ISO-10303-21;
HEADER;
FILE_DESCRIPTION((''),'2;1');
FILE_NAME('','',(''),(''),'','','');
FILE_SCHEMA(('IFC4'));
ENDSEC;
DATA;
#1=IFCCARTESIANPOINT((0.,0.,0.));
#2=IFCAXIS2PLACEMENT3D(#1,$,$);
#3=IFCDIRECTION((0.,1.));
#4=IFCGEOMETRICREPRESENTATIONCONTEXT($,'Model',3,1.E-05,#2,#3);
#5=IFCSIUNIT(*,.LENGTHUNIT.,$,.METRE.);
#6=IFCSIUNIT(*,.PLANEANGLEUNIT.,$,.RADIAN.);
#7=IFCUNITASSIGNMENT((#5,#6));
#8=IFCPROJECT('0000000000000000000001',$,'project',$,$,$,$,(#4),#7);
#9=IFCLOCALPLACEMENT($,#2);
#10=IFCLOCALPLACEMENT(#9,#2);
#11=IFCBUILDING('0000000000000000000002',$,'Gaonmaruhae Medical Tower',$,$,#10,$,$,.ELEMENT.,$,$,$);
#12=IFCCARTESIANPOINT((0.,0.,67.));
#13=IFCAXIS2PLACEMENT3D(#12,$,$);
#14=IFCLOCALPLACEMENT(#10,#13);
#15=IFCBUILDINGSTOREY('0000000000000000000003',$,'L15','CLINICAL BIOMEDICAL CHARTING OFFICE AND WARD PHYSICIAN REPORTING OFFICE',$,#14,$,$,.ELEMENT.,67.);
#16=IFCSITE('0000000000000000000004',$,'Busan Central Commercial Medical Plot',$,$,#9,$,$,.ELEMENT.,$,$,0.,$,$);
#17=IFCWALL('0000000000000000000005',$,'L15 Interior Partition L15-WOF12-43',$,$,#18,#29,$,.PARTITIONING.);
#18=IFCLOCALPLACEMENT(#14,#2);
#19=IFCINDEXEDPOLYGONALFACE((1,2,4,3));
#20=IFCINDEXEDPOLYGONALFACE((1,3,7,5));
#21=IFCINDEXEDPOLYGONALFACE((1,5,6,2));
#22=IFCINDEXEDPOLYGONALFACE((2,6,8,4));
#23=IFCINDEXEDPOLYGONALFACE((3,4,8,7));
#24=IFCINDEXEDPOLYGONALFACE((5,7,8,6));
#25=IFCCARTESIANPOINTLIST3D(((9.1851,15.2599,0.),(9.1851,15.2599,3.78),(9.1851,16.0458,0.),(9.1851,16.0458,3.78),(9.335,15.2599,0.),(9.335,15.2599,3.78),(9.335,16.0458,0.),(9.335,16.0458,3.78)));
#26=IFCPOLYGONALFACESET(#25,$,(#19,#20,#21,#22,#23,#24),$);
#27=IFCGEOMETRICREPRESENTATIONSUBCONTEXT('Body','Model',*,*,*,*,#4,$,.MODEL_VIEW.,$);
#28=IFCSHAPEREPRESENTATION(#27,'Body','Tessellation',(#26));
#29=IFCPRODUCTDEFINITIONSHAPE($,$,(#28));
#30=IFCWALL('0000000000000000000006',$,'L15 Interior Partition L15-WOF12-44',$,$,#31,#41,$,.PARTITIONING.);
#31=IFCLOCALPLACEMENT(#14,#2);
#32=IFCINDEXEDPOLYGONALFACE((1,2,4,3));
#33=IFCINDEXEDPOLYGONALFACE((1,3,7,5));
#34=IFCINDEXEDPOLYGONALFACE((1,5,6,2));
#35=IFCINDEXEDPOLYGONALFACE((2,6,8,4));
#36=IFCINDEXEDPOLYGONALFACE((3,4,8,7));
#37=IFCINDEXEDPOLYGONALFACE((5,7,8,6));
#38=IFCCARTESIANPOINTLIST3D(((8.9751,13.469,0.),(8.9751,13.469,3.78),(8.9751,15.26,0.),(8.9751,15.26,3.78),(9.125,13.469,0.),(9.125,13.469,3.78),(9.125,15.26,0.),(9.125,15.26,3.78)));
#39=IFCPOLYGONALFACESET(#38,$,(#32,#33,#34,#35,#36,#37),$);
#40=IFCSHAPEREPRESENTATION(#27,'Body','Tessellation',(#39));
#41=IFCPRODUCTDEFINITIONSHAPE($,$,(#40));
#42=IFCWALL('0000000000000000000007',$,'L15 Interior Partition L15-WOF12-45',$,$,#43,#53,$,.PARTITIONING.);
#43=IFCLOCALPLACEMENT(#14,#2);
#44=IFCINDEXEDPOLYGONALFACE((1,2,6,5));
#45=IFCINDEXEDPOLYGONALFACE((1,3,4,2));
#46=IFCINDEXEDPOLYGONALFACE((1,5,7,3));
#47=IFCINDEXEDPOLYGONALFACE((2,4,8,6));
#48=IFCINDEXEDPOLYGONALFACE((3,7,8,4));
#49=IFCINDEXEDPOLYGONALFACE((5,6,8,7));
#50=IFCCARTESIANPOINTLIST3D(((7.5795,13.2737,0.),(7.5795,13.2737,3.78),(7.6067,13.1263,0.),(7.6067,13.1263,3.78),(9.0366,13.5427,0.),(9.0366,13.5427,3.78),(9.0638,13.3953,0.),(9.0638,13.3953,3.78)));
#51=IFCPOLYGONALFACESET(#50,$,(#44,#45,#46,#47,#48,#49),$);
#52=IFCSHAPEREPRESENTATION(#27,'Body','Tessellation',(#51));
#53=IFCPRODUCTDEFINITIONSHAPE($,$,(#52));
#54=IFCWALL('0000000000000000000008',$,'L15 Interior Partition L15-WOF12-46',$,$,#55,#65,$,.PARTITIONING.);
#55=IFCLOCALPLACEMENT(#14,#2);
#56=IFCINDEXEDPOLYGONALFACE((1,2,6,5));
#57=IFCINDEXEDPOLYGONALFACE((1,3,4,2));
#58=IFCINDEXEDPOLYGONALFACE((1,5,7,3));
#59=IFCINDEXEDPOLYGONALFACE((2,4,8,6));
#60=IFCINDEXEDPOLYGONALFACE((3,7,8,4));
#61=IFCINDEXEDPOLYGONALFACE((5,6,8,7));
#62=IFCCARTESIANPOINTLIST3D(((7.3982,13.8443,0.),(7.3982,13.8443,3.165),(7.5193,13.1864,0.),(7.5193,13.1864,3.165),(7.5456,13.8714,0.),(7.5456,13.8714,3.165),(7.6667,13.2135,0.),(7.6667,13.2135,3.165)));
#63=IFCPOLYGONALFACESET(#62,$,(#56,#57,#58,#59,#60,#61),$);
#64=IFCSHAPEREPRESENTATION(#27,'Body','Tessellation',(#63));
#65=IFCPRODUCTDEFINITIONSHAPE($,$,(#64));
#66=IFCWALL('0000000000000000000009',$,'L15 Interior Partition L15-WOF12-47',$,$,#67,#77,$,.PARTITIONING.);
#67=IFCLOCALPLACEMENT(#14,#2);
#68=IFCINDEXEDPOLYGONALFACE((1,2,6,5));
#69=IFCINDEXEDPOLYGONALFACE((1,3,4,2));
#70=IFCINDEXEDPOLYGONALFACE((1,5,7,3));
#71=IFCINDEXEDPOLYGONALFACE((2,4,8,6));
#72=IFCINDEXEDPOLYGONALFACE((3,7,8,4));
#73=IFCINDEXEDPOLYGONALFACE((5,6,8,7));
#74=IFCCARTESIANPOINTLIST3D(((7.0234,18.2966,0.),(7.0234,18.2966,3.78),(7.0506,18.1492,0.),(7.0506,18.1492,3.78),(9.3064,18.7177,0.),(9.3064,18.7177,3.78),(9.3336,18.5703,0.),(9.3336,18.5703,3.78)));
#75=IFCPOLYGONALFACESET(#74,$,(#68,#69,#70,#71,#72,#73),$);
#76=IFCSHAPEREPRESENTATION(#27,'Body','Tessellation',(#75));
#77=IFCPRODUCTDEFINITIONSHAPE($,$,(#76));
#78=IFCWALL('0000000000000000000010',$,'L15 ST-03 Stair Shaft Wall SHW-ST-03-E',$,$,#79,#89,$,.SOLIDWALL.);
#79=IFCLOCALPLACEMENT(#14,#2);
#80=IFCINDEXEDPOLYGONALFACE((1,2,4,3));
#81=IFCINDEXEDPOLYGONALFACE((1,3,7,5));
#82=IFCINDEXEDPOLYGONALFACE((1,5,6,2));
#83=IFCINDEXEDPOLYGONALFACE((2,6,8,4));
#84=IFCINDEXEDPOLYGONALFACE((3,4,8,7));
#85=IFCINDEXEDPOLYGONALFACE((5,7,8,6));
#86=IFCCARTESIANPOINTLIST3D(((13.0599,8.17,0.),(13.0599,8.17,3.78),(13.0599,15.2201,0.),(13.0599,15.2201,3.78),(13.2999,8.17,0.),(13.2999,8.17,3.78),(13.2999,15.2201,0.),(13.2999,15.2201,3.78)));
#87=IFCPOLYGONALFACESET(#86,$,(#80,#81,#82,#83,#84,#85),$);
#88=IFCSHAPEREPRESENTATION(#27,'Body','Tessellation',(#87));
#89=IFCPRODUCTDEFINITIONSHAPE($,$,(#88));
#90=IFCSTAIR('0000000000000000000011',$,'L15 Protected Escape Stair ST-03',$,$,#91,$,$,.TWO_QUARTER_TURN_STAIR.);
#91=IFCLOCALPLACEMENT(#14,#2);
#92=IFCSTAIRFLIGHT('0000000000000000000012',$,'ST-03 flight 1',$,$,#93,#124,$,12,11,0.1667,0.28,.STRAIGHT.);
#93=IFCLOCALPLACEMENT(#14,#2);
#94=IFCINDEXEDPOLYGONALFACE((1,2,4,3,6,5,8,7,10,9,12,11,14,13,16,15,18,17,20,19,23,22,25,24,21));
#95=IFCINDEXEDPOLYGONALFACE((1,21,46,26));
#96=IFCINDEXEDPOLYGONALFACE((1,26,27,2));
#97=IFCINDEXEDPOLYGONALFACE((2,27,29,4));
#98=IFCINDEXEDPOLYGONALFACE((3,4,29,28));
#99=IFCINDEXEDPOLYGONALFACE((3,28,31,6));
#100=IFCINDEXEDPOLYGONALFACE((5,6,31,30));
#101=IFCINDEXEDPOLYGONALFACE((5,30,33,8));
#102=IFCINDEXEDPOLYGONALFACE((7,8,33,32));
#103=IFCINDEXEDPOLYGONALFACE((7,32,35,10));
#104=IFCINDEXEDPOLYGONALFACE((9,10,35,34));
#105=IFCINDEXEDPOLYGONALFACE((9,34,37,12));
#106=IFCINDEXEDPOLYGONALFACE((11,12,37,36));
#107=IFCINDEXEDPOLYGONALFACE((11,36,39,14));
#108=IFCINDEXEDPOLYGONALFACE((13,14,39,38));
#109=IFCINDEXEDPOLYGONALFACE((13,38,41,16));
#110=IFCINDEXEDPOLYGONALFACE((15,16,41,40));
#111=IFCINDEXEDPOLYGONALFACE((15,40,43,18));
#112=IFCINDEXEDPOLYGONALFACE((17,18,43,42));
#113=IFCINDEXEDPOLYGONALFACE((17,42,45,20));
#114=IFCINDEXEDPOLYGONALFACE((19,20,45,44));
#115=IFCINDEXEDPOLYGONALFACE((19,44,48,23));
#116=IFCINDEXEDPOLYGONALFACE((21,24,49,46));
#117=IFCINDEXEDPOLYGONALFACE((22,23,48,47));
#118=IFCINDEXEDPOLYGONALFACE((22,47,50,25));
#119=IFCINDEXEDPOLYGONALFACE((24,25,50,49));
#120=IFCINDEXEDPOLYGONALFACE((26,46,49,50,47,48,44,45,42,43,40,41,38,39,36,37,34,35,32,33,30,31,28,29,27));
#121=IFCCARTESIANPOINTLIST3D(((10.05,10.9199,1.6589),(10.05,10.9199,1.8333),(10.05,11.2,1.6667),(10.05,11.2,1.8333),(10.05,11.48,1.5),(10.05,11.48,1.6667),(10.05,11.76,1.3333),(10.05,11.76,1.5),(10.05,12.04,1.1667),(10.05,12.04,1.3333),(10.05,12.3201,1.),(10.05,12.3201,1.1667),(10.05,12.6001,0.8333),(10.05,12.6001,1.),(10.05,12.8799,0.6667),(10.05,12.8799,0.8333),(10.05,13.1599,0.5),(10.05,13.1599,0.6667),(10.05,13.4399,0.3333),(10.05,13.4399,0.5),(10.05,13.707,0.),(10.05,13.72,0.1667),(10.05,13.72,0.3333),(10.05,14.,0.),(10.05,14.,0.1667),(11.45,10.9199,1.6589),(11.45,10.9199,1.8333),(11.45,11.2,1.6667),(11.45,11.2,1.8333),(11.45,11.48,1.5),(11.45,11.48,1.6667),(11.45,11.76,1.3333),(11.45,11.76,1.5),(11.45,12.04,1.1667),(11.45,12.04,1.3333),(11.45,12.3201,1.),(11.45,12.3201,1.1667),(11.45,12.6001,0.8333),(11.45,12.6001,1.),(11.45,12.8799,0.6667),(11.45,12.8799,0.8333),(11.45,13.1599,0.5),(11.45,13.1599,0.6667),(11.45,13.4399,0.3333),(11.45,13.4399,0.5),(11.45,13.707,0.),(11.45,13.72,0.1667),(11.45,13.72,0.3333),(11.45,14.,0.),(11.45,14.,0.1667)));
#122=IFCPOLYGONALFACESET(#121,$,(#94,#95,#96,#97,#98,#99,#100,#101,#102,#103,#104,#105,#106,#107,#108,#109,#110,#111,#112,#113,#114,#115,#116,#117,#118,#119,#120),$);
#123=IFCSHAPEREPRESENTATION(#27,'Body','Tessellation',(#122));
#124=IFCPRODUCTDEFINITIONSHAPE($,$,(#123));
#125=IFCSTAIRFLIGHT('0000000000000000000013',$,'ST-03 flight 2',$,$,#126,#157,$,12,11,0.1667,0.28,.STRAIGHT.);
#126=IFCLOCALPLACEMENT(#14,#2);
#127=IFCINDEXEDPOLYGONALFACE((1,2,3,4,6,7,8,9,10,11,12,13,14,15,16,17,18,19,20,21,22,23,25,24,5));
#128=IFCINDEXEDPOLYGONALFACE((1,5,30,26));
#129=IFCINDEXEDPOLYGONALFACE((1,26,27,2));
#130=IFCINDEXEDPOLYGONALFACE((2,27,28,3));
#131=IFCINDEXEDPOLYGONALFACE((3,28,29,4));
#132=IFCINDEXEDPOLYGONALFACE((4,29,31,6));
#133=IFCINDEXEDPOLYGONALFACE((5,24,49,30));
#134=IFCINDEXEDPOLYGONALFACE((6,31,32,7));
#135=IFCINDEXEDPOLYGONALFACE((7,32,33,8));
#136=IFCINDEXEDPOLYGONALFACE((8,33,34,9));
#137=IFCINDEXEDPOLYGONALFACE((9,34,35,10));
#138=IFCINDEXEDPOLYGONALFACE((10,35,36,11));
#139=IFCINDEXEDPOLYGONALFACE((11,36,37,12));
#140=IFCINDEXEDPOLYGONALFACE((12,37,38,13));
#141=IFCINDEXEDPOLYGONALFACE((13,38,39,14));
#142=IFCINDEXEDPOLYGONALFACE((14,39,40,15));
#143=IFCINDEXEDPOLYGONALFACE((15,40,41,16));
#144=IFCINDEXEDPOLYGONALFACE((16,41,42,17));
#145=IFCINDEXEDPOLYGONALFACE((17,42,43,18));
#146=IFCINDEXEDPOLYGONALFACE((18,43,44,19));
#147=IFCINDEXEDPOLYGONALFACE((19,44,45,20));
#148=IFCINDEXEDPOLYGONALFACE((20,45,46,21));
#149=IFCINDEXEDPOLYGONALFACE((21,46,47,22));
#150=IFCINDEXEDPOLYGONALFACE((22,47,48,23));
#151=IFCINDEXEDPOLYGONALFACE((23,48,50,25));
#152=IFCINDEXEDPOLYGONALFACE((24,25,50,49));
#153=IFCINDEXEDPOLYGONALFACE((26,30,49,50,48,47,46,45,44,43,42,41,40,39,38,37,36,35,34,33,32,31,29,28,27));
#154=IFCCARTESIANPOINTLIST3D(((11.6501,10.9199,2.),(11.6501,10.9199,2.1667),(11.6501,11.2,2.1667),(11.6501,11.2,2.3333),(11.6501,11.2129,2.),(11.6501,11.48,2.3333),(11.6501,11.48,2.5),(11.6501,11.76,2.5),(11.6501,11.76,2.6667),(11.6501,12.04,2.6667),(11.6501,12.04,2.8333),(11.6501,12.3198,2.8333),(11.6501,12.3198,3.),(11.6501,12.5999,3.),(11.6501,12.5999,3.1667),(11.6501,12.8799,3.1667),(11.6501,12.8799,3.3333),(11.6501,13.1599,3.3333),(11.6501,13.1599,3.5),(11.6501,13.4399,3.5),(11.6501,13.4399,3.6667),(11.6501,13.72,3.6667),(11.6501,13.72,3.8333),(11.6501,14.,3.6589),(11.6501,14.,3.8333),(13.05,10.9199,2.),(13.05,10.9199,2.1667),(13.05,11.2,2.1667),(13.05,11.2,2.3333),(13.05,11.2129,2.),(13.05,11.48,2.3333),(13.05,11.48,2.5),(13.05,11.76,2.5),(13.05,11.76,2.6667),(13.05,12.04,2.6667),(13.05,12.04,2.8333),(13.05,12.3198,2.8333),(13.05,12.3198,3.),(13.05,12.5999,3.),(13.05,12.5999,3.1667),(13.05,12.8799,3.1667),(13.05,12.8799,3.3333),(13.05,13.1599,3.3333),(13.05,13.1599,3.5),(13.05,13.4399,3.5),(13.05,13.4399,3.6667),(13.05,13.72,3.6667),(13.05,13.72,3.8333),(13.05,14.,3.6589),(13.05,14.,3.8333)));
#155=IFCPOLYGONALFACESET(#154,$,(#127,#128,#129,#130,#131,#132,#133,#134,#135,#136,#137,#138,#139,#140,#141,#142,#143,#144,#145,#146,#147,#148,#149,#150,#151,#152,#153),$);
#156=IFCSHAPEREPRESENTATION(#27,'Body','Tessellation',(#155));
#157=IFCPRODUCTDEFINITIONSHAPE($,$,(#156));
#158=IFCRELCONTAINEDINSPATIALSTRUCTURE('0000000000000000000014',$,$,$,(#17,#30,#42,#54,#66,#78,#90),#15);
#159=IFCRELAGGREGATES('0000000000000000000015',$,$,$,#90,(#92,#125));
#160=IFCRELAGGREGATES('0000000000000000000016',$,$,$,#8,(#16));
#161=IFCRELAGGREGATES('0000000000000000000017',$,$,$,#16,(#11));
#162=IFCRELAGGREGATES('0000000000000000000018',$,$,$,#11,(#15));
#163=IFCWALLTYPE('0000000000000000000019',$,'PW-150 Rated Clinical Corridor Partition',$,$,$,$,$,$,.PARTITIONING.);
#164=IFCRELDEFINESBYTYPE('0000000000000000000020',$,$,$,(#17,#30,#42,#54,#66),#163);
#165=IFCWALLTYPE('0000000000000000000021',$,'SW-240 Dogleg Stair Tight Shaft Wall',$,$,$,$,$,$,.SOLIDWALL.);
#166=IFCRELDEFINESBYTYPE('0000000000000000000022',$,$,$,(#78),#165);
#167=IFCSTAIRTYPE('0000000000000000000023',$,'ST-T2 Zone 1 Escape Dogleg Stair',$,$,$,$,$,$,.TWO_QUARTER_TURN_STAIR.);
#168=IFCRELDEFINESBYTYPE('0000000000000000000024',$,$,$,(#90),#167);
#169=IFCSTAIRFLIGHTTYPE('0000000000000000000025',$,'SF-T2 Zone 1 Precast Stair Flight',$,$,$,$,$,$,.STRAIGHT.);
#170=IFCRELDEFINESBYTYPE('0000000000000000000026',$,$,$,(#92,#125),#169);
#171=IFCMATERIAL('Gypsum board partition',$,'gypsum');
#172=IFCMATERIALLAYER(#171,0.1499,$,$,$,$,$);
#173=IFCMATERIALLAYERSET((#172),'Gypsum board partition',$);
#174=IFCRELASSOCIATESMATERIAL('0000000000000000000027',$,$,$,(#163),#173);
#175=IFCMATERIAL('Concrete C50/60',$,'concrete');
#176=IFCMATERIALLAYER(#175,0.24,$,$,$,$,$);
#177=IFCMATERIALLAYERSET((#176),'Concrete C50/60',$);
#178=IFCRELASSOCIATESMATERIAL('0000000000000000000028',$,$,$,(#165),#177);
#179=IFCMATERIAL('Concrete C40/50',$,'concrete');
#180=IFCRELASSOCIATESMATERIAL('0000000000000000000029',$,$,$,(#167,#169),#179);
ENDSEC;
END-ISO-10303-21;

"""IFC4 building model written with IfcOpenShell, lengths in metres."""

from ifc_helpers import new_model, si_unit, direction, frame, frame_2d, origin, place, context, subcontext, project, spatial, polyline, rectangle, outline, extrude, material, layer, layer_set, type_object, element, aggregate, save


model = new_model("IFC4")

# Units and contexts
model_context = context("Model", 3, precision=1e-05, world=origin(), true_north=direction((0.0, 1.0)))
body_context = subcontext(model_context, "Body", "Model", "MODEL_VIEW")
ifc_project = project(units=[si_unit("LENGTHUNIT", "METRE"), si_unit("PLANEANGLEUNIT", "RADIAN")], contexts=[model_context])

# Site, building, storey
site_placement = place(None, origin())
site = spatial("IfcSite", under=ifc_project, at=site_placement, Name="Busan Central Commercial Medical Plot", CompositionType="ELEMENT", RefElevation=0.0)
building_placement = place(site_placement, origin())
building = spatial("IfcBuilding", under=site, at=building_placement, Name="Gaonmaruhae Medical Tower", CompositionType="ELEMENT")
storey_placement = place(building_placement, frame((0.0, 0.0, 67.0)))
storey = spatial("IfcBuildingStorey", under=building, at=storey_placement, Name="L15", Description="CLINICAL BIOMEDICAL CHARTING OFFICE AND WARD PHYSICIAN REPORTING OFFICE", CompositionType="ELEMENT", Elevation=67.0)

# Walls
ifc_material_1 = material(Name="Gypsum board partition", Category="gypsum")
ifc_layer_1 = layer(ifc_material_1, 0.1499)
ifc_layer_set_1 = layer_set([ifc_layer_1], Name="Gypsum board partition")
wall_type_1 = type_object("IfcWallType", Name="PW-150 Rated Clinical Corridor Partition", PredefinedType="PARTITIONING", material=ifc_layer_set_1)
wall_1_placement = place(storey_placement, frame((9.26, 16.0459, 0.0), z_axis=(0.0, 0.0, 1.0), x_axis=(0.0, -1.0, 0.0)))
element("IfcWall", 1, at=wall_1_placement, inside=storey, type_object=wall_type_1, Name="L15 Interior Partition L15-WOF12-43", PredefinedType="PARTITIONING", context=body_context, shape_type="SweptSolid", body=[
    extrude(rectangle(XDim=0.7859, YDim=0.1499, at=frame_2d((0.3931, 0.0))), origin(), (0.0, 0.0, 1.0), 3.78),
])
wall_2_placement = place(storey_placement, frame((9.05, 15.26, 0.0), z_axis=(0.0, 0.0, 1.0), x_axis=(0.0, -1.0, 0.0)))
element("IfcWall", 2, at=wall_2_placement, inside=storey, type_object=wall_type_1, Name="L15 Interior Partition L15-WOF12-44", PredefinedType="PARTITIONING", context=body_context, shape_type="SweptSolid", body=[
    extrude(rectangle(XDim=1.791, YDim=0.1499, at=frame_2d((0.8955, 0.0))), origin(), (0.0, 0.0, 1.0), 3.78),
])
wall_3_placement = place(storey_placement, frame((9.05, 13.469, 0.0), z_axis=(0.0, 0.0, 1.0), x_axis=(-0.983376, -0.181582, 0.0)))
element("IfcWall", 3, at=wall_3_placement, inside=storey, type_object=wall_type_1, Name="L15 Interior Partition L15-WOF12-45", PredefinedType="PARTITIONING", context=body_context, shape_type="SweptSolid", body=[
    extrude(rectangle(XDim=1.4817, YDim=0.1499, at=frame_2d((0.7407, 0.0))), origin(), (0.0, 0.0, 1.0), 3.78),
])
wall_4_placement = place(storey_placement, frame((7.593, 13.2, 0.0), z_axis=(0.0, 0.0, 1.0), x_axis=(-0.181005, 0.983482, 0.0)))
element("IfcWall", 4, at=wall_4_placement, inside=storey, type_object=wall_type_1, Name="L15 Interior Partition L15-WOF12-46", PredefinedType="PARTITIONING", context=body_context, shape_type="SweptSolid", body=[
    extrude(rectangle(XDim=0.6689, YDim=0.1499, at=frame_2d((0.3345, 0.0))), origin(), (0.0, 0.0, 1.0), 3.165),
])
wall_5_placement = place(storey_placement, frame((7.0371, 18.2229, 0.0), z_axis=(0.0, 0.0, 1.0), x_axis=(0.983407, 0.181411, 0.0)))
element("IfcWall", 5, at=wall_5_placement, inside=storey, type_object=wall_type_1, Name="L15 Interior Partition L15-WOF12-47", PredefinedType="PARTITIONING", context=body_context, shape_type="SweptSolid", body=[
    extrude(rectangle(XDim=2.3215, YDim=0.1499, at=frame_2d((1.1606, 0.0))), origin(), (0.0, 0.0, 1.0), 3.78),
])

# Shared definitions
ifc_material_2 = material(Name="Concrete C50/60", Category="concrete")
ifc_layer_2 = layer(ifc_material_2, 0.24)
ifc_layer_set_2 = layer_set([ifc_layer_2], Name="Concrete C50/60")
wall_type_2 = type_object("IfcWallType", Name="SW-240 Dogleg Stair Tight Shaft Wall", PredefinedType="SOLIDWALL", material=ifc_layer_set_2)

# Wall
wall_6_placement = place(storey_placement, frame((13.1799, 15.22, 0.0), z_axis=(0.0, 0.0, 1.0), x_axis=(0.0, -1.0, 0.0)))
element("IfcWall", 6, at=wall_6_placement, inside=storey, type_object=wall_type_2, Name="L15 ST-03 Stair Shaft Wall SHW-ST-03-E", PredefinedType="SOLIDWALL", context=body_context, shape_type="SweptSolid", body=[
    extrude(rectangle(XDim=7.05, YDim=0.24, at=frame_2d((3.5249, 0.0))), origin(), (0.0, 0.0, 1.0), 3.78),
])

# Stair, stair flights
ifc_material_3 = material(Name="Concrete C40/50", Category="concrete")
stair_type = type_object("IfcStairType", Name="ST-T2 Zone 1 Escape Dogleg Stair", PredefinedType="TWO_QUARTER_TURN_STAIR", material=ifc_material_3)
stair_placement = place(storey_placement, origin())
stair = element("IfcStair", 7, at=stair_placement, inside=storey, type_object=stair_type, Name="L15 Protected Escape Stair ST-03", PredefinedType="TWO_QUARTER_TURN_STAIR")
stair_flight_type = type_object("IfcStairFlightType", Name="SF-T2 Zone 1 Precast Stair Flight", PredefinedType="STRAIGHT", material=ifc_material_3)
stair_flight_1_placement = place(storey_placement, frame((10.75, 14.0, 0.0), z_axis=(0.0, 0.0, 1.0), x_axis=(0.0, -1.0, 0.0)))
stair_flight_1 = element("IfcStairFlight", 8, at=stair_flight_1_placement, type_object=stair_flight_type, Name="ST-03 flight 1", NumberOfRisers=12, NumberOfTreads=11, PredefinedType="STRAIGHT", RiserHeight=0.1667, TreadLength=0.28, context=body_context, shape_type="SweptSolid", body=[
    extrude(outline(polyline([(0.0, 0.0), (0.0, 0.1667), (0.28, 0.1667), (0.28, 0.3333), (0.5601, 0.3333), (0.5601, 0.5), (0.8401, 0.5), (0.8401, 0.6667), (1.1201, 0.6667), (1.1201, 0.8333), (1.3999, 0.8333), (1.3999, 1.0), (1.6799, 1.0), (1.6799, 1.1667), (1.96, 1.1667), (1.96, 1.3333), (2.24, 1.3333), (2.24, 1.5), (2.52, 1.5), (2.52, 1.6667), (2.8, 1.6667), (2.8, 1.8333), (3.0801, 1.8333), (3.0801, 2.0), (3.0801, 1.6589), (0.293, 0.0), (0.0, 0.0)])), frame((0.0, 0.7, 0.0), z_axis=(0.0, -1.0, 0.0), x_axis=(1.0, 0.0, 0.0)), (0.0, 0.0, 1.0), 1.3999),
])
stair_flight_2_placement = place(storey_placement, frame((12.3501, 10.9199, 2.0), z_axis=(0.0, 0.0, 1.0), x_axis=(0.0, 1.0, 0.0)))
stair_flight_2 = element("IfcStairFlight", 9, at=stair_flight_2_placement, type_object=stair_flight_type, Name="ST-03 flight 2", NumberOfRisers=12, NumberOfTreads=11, PredefinedType="STRAIGHT", RiserHeight=0.1667, TreadLength=0.28, context=body_context, shape_type="SweptSolid", body=[
    extrude(outline(polyline([(0.0, 0.0), (0.0, 0.1667), (0.28, 0.1667), (0.28, 0.3333), (0.5601, 0.3333), (0.5601, 0.5), (0.8401, 0.5), (0.8401, 0.6667), (1.1201, 0.6667), (1.1201, 0.8333), (1.3999, 0.8333), (1.3999, 1.0), (1.6799, 1.0), (1.6799, 1.1667), (1.96, 1.1667), (1.96, 1.3333), (2.24, 1.3333), (2.24, 1.5), (2.52, 1.5), (2.52, 1.6667), (2.8, 1.6667), (2.8, 1.8333), (3.0801, 1.8333), (3.0801, 2.0), (3.0801, 1.6589), (0.293, 0.0), (0.0, 0.0)])), frame((0.0, 0.7, 0.0), z_axis=(0.0, -1.0, 0.0), x_axis=(1.0, 0.0, 0.0)), (0.0, 0.0, 1.0), 1.3999),
])
aggregate(stair, [stair_flight_1, stair_flight_2])

save(model, "model.ifc")
